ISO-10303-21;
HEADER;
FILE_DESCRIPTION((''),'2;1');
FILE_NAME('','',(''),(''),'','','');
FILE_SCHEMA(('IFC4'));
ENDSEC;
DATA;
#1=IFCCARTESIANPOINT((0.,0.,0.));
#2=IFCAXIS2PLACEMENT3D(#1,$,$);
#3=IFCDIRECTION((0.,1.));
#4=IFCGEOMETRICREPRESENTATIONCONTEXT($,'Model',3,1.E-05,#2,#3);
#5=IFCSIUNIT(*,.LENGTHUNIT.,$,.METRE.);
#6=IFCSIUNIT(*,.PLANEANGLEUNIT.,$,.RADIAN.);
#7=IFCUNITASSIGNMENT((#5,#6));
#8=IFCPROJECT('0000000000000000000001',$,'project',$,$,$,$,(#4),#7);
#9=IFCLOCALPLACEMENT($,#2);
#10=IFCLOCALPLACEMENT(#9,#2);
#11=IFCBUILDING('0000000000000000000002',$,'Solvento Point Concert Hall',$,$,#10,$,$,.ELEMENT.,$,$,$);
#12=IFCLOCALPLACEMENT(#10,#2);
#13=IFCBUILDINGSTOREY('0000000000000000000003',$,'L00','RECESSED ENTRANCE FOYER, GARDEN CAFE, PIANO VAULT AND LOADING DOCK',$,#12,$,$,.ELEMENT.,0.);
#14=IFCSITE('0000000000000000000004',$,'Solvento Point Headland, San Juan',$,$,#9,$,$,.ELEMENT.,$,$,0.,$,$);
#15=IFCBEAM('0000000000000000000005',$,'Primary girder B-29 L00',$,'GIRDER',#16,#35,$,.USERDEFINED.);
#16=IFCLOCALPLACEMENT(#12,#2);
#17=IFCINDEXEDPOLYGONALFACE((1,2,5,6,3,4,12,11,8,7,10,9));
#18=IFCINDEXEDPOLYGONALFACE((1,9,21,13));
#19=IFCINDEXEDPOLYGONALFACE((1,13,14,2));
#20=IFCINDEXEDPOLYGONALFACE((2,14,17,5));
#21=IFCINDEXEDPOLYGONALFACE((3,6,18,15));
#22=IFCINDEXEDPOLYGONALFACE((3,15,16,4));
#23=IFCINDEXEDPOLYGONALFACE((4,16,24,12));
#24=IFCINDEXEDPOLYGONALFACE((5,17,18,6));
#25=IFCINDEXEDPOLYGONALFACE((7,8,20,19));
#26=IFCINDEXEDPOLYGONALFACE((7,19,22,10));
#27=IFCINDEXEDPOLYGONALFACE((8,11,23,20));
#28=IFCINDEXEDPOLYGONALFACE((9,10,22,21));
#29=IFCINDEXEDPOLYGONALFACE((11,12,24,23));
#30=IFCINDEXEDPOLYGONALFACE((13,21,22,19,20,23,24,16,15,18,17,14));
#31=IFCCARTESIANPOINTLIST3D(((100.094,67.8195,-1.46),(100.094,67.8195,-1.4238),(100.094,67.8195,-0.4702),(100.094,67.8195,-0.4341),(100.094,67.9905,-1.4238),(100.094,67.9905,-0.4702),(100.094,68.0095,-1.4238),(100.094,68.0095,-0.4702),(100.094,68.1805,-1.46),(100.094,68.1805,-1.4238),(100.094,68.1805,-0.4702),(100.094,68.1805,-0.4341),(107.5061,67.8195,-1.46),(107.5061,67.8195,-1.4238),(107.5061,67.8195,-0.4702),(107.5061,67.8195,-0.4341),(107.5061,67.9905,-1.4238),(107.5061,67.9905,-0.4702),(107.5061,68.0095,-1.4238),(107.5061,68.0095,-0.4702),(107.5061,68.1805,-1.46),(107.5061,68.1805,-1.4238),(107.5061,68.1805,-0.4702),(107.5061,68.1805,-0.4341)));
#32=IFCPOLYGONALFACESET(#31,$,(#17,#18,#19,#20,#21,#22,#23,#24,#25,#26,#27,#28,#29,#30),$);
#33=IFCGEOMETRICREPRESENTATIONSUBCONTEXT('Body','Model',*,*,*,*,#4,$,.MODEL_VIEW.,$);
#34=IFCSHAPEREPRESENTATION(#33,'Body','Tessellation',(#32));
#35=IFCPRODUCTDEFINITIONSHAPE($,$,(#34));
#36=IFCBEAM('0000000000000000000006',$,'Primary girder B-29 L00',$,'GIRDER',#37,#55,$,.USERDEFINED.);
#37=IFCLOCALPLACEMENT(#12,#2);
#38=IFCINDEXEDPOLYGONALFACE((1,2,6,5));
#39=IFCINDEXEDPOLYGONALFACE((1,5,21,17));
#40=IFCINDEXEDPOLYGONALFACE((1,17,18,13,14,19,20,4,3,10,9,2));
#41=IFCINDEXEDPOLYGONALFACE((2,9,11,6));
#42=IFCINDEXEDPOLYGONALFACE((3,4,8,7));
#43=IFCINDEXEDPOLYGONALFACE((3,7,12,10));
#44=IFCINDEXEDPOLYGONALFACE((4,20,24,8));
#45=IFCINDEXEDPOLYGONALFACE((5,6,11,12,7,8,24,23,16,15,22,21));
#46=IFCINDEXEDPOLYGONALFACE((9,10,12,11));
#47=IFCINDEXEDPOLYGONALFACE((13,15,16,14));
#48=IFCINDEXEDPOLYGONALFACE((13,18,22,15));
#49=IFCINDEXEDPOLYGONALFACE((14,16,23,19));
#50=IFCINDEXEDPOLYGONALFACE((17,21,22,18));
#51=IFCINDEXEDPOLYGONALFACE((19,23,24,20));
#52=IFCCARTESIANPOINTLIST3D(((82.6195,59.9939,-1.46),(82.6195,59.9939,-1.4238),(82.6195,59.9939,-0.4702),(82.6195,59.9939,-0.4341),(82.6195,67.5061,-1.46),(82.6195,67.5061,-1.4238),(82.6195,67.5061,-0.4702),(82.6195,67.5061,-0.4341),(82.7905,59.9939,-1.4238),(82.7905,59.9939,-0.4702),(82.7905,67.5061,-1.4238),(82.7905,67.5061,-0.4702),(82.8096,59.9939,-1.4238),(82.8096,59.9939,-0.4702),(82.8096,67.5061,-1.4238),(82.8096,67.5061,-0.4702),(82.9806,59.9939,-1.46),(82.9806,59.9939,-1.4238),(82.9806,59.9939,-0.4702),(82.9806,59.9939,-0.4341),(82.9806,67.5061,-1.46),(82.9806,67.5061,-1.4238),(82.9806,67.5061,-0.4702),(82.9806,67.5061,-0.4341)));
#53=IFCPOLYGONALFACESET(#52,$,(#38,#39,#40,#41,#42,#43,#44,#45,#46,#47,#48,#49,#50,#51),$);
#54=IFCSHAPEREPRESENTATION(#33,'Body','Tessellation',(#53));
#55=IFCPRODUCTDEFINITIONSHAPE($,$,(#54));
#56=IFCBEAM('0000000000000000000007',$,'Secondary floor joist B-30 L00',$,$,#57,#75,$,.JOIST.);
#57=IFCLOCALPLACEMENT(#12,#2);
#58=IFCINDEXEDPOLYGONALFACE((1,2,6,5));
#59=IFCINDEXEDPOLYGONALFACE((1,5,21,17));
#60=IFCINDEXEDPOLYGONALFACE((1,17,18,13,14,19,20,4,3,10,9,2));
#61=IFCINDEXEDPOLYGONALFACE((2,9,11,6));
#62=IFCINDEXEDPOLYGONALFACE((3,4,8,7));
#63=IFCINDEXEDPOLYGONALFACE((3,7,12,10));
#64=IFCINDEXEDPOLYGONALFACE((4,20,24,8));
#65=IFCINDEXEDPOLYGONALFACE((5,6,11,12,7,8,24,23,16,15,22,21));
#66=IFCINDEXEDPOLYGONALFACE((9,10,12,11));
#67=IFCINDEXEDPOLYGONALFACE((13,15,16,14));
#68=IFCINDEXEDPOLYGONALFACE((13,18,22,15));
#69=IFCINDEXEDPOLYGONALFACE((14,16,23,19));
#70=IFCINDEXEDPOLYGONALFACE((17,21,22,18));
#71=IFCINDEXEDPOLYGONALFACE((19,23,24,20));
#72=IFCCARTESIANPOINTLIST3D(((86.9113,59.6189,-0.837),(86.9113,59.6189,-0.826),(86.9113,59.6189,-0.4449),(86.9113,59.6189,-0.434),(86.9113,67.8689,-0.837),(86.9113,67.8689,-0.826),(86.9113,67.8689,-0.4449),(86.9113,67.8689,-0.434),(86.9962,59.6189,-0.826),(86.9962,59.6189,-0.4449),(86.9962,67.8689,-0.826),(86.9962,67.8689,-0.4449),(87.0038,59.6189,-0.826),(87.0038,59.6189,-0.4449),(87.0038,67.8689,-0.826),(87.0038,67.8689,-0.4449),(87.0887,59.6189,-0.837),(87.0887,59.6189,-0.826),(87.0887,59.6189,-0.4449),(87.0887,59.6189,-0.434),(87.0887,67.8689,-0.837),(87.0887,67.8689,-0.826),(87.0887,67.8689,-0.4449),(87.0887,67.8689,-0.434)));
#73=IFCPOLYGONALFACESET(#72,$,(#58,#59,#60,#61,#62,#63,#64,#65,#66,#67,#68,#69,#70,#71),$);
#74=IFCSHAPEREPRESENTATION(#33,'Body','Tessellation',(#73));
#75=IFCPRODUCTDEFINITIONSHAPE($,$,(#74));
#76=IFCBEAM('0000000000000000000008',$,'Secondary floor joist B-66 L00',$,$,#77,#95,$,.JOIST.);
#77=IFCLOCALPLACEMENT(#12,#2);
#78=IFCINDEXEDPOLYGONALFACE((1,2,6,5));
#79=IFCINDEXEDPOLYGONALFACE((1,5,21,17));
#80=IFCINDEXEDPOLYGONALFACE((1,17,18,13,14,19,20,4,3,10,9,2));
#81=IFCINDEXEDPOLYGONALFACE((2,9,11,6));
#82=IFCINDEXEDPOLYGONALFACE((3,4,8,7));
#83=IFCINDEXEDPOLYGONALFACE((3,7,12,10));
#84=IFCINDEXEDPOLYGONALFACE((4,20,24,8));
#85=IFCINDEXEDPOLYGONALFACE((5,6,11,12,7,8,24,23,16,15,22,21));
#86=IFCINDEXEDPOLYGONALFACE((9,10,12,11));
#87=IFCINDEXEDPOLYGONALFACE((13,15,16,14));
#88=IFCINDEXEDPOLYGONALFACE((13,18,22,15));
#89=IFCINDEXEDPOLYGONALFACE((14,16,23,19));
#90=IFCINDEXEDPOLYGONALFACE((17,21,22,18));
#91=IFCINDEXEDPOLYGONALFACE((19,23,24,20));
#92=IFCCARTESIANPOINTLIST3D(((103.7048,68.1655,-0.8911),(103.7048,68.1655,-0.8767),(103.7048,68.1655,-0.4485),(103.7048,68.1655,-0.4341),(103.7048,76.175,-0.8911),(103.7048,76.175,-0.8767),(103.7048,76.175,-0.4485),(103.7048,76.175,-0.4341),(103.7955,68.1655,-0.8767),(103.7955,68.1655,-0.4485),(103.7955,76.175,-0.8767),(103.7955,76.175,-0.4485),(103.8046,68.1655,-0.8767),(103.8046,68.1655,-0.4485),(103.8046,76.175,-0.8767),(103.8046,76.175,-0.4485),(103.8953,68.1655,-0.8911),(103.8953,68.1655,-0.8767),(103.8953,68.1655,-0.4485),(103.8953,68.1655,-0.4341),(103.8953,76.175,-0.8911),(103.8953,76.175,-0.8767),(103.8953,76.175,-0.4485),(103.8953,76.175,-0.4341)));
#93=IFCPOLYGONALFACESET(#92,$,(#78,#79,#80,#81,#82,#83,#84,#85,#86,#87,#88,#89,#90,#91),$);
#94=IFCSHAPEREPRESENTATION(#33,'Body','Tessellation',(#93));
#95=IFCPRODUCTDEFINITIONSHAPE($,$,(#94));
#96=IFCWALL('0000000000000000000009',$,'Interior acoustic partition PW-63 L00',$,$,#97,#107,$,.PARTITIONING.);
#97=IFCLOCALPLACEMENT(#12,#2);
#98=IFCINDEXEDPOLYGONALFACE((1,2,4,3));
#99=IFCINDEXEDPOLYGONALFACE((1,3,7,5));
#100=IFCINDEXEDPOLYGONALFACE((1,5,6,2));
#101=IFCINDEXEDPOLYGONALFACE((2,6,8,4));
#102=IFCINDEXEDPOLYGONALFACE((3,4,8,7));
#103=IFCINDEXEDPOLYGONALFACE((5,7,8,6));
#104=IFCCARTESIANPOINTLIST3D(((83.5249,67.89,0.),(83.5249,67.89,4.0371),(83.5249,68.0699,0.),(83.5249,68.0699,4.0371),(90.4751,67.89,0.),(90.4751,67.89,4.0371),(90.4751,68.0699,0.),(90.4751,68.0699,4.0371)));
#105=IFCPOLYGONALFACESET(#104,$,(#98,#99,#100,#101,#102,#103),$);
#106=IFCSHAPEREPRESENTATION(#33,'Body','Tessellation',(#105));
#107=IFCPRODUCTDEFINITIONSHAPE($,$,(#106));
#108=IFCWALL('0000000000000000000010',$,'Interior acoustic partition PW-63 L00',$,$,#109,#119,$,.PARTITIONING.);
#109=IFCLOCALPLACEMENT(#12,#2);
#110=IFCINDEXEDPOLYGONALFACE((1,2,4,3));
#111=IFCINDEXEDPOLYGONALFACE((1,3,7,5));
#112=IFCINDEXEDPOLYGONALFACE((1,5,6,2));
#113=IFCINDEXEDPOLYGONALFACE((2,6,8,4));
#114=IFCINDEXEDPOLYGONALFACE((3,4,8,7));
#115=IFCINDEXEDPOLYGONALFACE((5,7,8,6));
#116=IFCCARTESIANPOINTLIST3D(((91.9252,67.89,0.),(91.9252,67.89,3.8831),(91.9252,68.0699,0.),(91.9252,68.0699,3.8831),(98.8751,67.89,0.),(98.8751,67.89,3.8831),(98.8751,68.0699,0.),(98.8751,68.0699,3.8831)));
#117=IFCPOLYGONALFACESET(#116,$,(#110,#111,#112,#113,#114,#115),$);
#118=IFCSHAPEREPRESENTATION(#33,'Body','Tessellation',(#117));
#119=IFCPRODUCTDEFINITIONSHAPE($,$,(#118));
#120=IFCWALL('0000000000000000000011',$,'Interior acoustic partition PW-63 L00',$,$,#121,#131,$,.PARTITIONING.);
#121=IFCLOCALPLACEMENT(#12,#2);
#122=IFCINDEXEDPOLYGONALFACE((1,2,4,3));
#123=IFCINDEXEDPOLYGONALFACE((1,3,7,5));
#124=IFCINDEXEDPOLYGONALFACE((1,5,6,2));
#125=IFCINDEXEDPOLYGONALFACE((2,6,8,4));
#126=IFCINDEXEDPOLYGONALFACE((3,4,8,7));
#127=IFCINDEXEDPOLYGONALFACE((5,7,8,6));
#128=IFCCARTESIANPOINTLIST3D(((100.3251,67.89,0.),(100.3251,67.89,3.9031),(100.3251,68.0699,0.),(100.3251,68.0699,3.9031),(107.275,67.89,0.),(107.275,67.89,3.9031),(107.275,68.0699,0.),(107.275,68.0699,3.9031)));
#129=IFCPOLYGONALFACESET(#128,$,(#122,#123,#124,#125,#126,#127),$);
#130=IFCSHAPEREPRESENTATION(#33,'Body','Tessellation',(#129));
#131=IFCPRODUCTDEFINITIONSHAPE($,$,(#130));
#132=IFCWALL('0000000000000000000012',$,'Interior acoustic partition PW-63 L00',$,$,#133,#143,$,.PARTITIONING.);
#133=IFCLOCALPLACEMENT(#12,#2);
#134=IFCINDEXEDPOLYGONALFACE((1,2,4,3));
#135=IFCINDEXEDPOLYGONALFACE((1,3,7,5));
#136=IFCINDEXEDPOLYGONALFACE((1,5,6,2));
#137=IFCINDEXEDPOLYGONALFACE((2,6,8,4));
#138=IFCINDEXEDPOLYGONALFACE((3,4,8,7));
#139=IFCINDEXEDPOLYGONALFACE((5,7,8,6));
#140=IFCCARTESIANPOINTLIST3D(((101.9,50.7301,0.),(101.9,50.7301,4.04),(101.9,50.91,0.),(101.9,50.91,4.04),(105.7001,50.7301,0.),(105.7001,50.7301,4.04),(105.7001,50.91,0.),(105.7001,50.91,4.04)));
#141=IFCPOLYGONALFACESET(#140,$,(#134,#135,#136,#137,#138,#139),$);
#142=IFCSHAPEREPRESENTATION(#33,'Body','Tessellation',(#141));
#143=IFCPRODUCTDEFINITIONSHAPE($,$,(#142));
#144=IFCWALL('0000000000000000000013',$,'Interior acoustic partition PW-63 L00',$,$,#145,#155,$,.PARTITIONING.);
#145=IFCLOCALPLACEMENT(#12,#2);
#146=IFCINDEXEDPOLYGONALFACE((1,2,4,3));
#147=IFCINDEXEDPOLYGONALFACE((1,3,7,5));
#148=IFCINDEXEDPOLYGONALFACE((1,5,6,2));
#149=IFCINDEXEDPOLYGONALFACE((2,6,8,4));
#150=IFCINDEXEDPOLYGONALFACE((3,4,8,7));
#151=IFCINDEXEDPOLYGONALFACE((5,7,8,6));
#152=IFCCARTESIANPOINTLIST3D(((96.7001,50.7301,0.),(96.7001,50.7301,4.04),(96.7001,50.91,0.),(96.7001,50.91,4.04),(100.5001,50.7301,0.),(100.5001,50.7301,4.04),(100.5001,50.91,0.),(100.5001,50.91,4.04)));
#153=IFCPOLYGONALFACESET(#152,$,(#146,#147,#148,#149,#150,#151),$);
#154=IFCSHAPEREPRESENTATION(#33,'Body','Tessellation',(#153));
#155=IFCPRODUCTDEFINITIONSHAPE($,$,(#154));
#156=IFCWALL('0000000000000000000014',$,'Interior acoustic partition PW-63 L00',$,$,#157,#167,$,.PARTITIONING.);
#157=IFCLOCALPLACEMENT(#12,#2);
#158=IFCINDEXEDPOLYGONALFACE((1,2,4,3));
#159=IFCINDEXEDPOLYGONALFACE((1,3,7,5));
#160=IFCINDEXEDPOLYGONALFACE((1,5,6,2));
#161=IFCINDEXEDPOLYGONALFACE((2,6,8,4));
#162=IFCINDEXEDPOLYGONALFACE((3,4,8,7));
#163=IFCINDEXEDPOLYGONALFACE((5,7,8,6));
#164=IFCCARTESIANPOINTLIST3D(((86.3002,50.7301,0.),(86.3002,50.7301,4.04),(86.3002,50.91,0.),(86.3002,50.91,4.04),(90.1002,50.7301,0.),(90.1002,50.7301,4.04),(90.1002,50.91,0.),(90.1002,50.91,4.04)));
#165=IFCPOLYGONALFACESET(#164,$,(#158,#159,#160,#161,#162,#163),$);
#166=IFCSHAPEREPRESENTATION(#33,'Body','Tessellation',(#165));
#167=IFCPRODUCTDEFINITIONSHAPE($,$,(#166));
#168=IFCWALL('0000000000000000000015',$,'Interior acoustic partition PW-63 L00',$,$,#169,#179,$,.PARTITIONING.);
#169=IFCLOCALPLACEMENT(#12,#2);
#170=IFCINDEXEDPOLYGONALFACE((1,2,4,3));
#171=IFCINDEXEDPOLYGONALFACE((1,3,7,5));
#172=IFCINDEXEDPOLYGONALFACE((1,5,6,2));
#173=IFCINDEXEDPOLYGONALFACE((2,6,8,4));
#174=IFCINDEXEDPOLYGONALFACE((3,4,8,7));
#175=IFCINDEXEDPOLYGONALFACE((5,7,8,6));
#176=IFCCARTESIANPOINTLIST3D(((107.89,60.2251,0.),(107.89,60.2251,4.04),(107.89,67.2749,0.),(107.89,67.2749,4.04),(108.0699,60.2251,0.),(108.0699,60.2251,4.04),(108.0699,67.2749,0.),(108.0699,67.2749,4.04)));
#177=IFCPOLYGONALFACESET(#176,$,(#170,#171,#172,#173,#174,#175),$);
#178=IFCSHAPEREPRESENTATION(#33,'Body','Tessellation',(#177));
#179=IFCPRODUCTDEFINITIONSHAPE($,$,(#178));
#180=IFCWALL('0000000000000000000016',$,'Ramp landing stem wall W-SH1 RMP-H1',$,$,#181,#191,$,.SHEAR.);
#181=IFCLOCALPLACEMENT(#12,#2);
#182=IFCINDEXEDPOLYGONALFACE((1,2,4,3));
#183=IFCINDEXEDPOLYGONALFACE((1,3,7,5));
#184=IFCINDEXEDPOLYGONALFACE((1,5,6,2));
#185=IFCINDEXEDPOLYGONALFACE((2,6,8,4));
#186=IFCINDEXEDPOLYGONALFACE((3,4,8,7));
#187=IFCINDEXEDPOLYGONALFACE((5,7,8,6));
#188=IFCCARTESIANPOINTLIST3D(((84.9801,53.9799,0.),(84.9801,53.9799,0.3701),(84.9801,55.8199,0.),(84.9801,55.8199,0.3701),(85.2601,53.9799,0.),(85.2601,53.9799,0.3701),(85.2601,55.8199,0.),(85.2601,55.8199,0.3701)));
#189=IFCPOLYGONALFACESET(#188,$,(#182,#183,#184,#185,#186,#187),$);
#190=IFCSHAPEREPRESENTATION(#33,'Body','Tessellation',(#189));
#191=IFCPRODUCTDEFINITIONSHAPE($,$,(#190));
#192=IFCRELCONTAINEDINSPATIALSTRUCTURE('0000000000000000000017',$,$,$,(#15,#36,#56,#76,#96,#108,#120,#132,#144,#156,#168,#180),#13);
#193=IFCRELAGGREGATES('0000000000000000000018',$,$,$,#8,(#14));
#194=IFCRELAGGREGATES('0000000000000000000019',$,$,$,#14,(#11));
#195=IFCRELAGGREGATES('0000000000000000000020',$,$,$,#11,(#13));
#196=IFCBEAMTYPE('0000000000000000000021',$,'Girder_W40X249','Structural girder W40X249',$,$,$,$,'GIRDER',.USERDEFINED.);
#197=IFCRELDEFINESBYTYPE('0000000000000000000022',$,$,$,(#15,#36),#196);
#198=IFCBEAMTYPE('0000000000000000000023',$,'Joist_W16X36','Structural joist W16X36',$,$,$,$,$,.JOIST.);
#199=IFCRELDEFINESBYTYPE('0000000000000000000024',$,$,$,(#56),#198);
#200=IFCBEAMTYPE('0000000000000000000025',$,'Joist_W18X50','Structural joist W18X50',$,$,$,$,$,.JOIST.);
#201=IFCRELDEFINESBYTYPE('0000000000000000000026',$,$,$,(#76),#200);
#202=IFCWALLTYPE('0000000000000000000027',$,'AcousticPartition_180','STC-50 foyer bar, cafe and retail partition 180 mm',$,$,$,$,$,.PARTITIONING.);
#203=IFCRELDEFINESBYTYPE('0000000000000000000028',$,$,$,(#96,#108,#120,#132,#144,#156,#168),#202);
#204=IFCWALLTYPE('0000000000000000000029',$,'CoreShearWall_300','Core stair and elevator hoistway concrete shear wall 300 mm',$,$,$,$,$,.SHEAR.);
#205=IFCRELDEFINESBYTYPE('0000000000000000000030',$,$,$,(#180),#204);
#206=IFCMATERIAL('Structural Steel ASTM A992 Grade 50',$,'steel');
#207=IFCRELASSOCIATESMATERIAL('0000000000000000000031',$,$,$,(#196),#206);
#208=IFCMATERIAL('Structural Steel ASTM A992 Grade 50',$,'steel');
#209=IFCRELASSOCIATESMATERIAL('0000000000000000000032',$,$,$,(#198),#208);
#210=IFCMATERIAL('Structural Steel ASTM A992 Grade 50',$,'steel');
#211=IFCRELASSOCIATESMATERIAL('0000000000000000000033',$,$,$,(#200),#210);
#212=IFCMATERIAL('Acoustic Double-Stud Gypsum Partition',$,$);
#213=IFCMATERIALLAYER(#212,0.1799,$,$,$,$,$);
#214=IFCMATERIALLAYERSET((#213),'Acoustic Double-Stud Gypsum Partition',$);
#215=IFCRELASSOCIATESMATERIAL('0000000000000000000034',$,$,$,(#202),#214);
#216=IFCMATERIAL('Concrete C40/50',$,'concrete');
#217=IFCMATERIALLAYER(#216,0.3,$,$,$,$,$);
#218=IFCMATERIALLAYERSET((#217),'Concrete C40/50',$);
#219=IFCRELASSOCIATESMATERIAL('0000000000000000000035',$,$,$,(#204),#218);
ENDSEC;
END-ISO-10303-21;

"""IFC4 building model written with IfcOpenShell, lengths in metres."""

from ifc_helpers import new_model, si_unit, direction, frame, frame_2d, origin, origin_2d, place, context, subcontext, project, spatial, rectangle, i_section, extrude, material, layer, layer_set, material_profile, profile_set, type_object, element, save


model = new_model("IFC4")

# Units and contexts
model_context = context("Model", 3, precision=1e-05, world=origin(), true_north=direction((0.0, 1.0)))
body_context = subcontext(model_context, "Body", "Model", "MODEL_VIEW")
ifc_project = project(units=[si_unit("LENGTHUNIT", "METRE"), si_unit("PLANEANGLEUNIT", "RADIAN")], contexts=[model_context])

# Site, building, storey
site_placement = place(None, origin())
site = spatial("IfcSite", under=ifc_project, at=site_placement, Name="Solvento Point Headland, San Juan", CompositionType="ELEMENT", RefElevation=0.0)
building_placement = place(site_placement, origin())
building = spatial("IfcBuilding", under=site, at=building_placement, Name="Solvento Point Concert Hall", CompositionType="ELEMENT")
storey_placement = place(building_placement, origin())
storey = spatial("IfcBuildingStorey", under=building, at=storey_placement, Name="L00", Description="RECESSED ENTRANCE FOYER, GARDEN CAFE, PIANO VAULT AND LOADING DOCK", CompositionType="ELEMENT", Elevation=0.0)

# Beams
ifc_material_1 = material(Name="Structural Steel ASTM A992 Grade 50", Category="steel")
ifc_material_profile_1 = material_profile(ifc_material_1, i_section(OverallWidth=0.3611, OverallDepth=1.0259, WebThickness=0.019, FlangeThickness=0.0361, at=origin_2d()), Name="W40X249")
ifc_profile_set_1 = profile_set([ifc_material_profile_1], Name="Structural Steel ASTM A992 Grade 50")
beam_type_1 = type_object("IfcBeamType", Name="Girder_W40X249", Description="Structural girder W40X249", ElementType="GIRDER", PredefinedType="USERDEFINED", material=ifc_profile_set_1)
beam_1_placement = place(storey_placement, frame((100.094, 68.0, -0.947), z_axis=(1.0, 0.0, 0.0), x_axis=(0.0, 1.0, 0.0)))
element("IfcBeam", 1, at=beam_1_placement, inside=storey, type_object=beam_type_1, Name="Primary girder B-29 L00", ObjectType="GIRDER", PredefinedType="USERDEFINED", context=body_context, shape_type="SweptSolid", body=[
    extrude(i_section(OverallWidth=0.3611, OverallDepth=1.0259, WebThickness=0.019, FlangeThickness=0.0361, at=origin_2d()), origin(), (0.0, 0.0, 1.0), 7.4121),
])
beam_2_placement = place(storey_placement, frame((82.8, 59.9939, -0.947), z_axis=(0.0, 1.0, 0.0), x_axis=(-1.0, 0.0, 0.0)))
element("IfcBeam", 2, at=beam_2_placement, inside=storey, type_object=beam_type_1, Name="Primary girder B-29 L00", ObjectType="GIRDER", PredefinedType="USERDEFINED", context=body_context, shape_type="SweptSolid", body=[
    extrude(i_section(OverallWidth=0.3611, OverallDepth=1.0259, WebThickness=0.019, FlangeThickness=0.0361, at=origin_2d()), origin(), (0.0, 0.0, 1.0), 7.5122),
])
ifc_material_2 = material(Name="Structural Steel ASTM A992 Grade 50", Category="steel")
ifc_material_profile_2 = material_profile(ifc_material_2, i_section(OverallWidth=0.1775, OverallDepth=0.4031, WebThickness=0.0076, FlangeThickness=0.011, at=origin_2d()), Name="W16X36")
ifc_profile_set_2 = profile_set([ifc_material_profile_2], Name="Structural Steel ASTM A992 Grade 50")
beam_type_2 = type_object("IfcBeamType", Name="Joist_W16X36", Description="Structural joist W16X36", PredefinedType="JOIST", material=ifc_profile_set_2)
beam_3_placement = place(storey_placement, frame((87.0, 59.6189, -0.6355), z_axis=(0.0, 1.0, 0.0), x_axis=(-1.0, 0.0, 0.0)))
element("IfcBeam", 3, at=beam_3_placement, inside=storey, type_object=beam_type_2, Name="Secondary floor joist B-30 L00", PredefinedType="JOIST", context=body_context, shape_type="SweptSolid", body=[
    extrude(i_section(OverallWidth=0.1775, OverallDepth=0.4031, WebThickness=0.0076, FlangeThickness=0.011, at=origin_2d()), origin(), (0.0, 0.0, 1.0), 8.25),
])
ifc_material_3 = material(Name="Structural Steel ASTM A992 Grade 50", Category="steel")
ifc_material_profile_3 = material_profile(ifc_material_3, i_section(OverallWidth=0.1904, OverallDepth=0.457, WebThickness=0.009, FlangeThickness=0.0144, at=origin_2d()), Name="W18X50")
ifc_profile_set_3 = profile_set([ifc_material_profile_3], Name="Structural Steel ASTM A992 Grade 50")
beam_type_3 = type_object("IfcBeamType", Name="Joist_W18X50", Description="Structural joist W18X50", PredefinedType="JOIST", material=ifc_profile_set_3)
beam_4_placement = place(storey_placement, frame((103.8, 68.1655, -0.6626), z_axis=(0.0, 1.0, 0.0), x_axis=(-1.0, 0.0, 0.0)))
element("IfcBeam", 4, at=beam_4_placement, inside=storey, type_object=beam_type_3, Name="Secondary floor joist B-66 L00", PredefinedType="JOIST", context=body_context, shape_type="SweptSolid", body=[
    extrude(i_section(OverallWidth=0.1904, OverallDepth=0.457, WebThickness=0.009, FlangeThickness=0.0144, at=origin_2d()), origin(), (0.0, 0.0, 1.0), 8.0095),
])

# Walls
ifc_material_4 = material(Name="Acoustic Double-Stud Gypsum Partition")
ifc_layer_1 = layer(ifc_material_4, 0.1799)
ifc_layer_set_1 = layer_set([ifc_layer_1], Name="Acoustic Double-Stud Gypsum Partition")
wall_type_1 = type_object("IfcWallType", Name="AcousticPartition_180", Description="STC-50 foyer bar, cafe and retail partition 180 mm", PredefinedType="PARTITIONING", material=ifc_layer_set_1)
wall_1_placement = place(storey_placement, frame((83.5249, 67.98, 0.0), z_axis=(0.0, 0.0, 1.0), x_axis=(1.0, 0.0, 0.0)))
element("IfcWall", 5, at=wall_1_placement, inside=storey, type_object=wall_type_1, Name="Interior acoustic partition PW-63 L00", PredefinedType="PARTITIONING", context=body_context, shape_type="SweptSolid", body=[
    extrude(rectangle(XDim=6.9502, YDim=0.1799, at=frame_2d((3.4751, 0.0))), origin(), (0.0, 0.0, 1.0), 4.0371),
])
wall_2_placement = place(storey_placement, frame((91.925, 67.98, 0.0), z_axis=(0.0, 0.0, 1.0), x_axis=(1.0, 0.0, 0.0)))
element("IfcWall", 6, at=wall_2_placement, inside=storey, type_object=wall_type_1, Name="Interior acoustic partition PW-63 L00", PredefinedType="PARTITIONING", context=body_context, shape_type="SweptSolid", body=[
    extrude(rectangle(XDim=6.95, YDim=0.1799, at=frame_2d((3.4751, 0.0))), origin(), (0.0, 0.0, 1.0), 3.8831),
])
wall_3_placement = place(storey_placement, frame((100.325, 67.98, 0.0), z_axis=(0.0, 0.0, 1.0), x_axis=(1.0, 0.0, 0.0)))
element("IfcWall", 7, at=wall_3_placement, inside=storey, type_object=wall_type_1, Name="Interior acoustic partition PW-63 L00", PredefinedType="PARTITIONING", context=body_context, shape_type="SweptSolid", body=[
    extrude(rectangle(XDim=6.95, YDim=0.1799, at=frame_2d((3.4751, 0.0))), origin(), (0.0, 0.0, 1.0), 3.9031),
])
for number, where, z_axis, x_axis, name in (
    (8, (105.7, 50.8201, 0.0), (0.0, 0.0, 1.0), (-1.0, 0.0, 0.0), "Interior acoustic partition PW-63 L00"),
    (9, (100.5, 50.8201, 0.0), (0.0, 0.0, 1.0), (-1.0, 0.0, 0.0), "Interior acoustic partition PW-63 L00"),
    (10, (90.1001, 50.8201, 0.0), (0.0, 0.0, 1.0), (-1.0, 0.0, 0.0), "Interior acoustic partition PW-63 L00"),
):
    element("IfcWall", number, at=place(storey_placement, frame(where, z_axis=z_axis, x_axis=x_axis)), inside=storey, type_object=wall_type_1, Name=name, PredefinedType="PARTITIONING", context=body_context, shape_type="SweptSolid", body=[
        extrude(rectangle(XDim=3.8, YDim=0.1799, at=frame_2d((1.8999, 0.0))), origin(), (0.0, 0.0, 1.0), 4.04),
    ])
wall_4_placement = place(storey_placement, frame((107.98, 67.2749, 0.0), z_axis=(0.0, 0.0, 1.0), x_axis=(0.0, -1.0, 0.0)))
element("IfcWall", 11, at=wall_4_placement, inside=storey, type_object=wall_type_1, Name="Interior acoustic partition PW-63 L00", PredefinedType="PARTITIONING", context=body_context, shape_type="SweptSolid", body=[
    extrude(rectangle(XDim=7.0498, YDim=0.1799, at=frame_2d((3.5249, 0.0))), origin(), (0.0, 0.0, 1.0), 4.04),
])
ifc_material_5 = material(Name="Concrete C40/50", Category="concrete")
ifc_layer_2 = layer(ifc_material_5, 0.3)
ifc_layer_set_2 = layer_set([ifc_layer_2], Name="Concrete C40/50")
wall_type_2 = type_object("IfcWallType", Name="CoreShearWall_300", Description="Core stair and elevator hoistway concrete shear wall 300 mm", PredefinedType="SHEAR", material=ifc_layer_set_2)
wall_5_placement = place(storey_placement, frame((85.1201, 53.98, 0.0), z_axis=(0.0, 0.0, 1.0), x_axis=(0.0, 1.0, 0.0)))
element("IfcWall", 12, at=wall_5_placement, inside=storey, type_object=wall_type_2, Name="Ramp landing stem wall W-SH1 RMP-H1", PredefinedType="SHEAR", context=body_context, shape_type="SweptSolid", body=[
    extrude(rectangle(XDim=1.8401, YDim=0.28, at=frame_2d((0.9199, 0.0))), origin(), (0.0, 0.0, 1.0), 0.3701),
])

save(model, "model.ifc")
